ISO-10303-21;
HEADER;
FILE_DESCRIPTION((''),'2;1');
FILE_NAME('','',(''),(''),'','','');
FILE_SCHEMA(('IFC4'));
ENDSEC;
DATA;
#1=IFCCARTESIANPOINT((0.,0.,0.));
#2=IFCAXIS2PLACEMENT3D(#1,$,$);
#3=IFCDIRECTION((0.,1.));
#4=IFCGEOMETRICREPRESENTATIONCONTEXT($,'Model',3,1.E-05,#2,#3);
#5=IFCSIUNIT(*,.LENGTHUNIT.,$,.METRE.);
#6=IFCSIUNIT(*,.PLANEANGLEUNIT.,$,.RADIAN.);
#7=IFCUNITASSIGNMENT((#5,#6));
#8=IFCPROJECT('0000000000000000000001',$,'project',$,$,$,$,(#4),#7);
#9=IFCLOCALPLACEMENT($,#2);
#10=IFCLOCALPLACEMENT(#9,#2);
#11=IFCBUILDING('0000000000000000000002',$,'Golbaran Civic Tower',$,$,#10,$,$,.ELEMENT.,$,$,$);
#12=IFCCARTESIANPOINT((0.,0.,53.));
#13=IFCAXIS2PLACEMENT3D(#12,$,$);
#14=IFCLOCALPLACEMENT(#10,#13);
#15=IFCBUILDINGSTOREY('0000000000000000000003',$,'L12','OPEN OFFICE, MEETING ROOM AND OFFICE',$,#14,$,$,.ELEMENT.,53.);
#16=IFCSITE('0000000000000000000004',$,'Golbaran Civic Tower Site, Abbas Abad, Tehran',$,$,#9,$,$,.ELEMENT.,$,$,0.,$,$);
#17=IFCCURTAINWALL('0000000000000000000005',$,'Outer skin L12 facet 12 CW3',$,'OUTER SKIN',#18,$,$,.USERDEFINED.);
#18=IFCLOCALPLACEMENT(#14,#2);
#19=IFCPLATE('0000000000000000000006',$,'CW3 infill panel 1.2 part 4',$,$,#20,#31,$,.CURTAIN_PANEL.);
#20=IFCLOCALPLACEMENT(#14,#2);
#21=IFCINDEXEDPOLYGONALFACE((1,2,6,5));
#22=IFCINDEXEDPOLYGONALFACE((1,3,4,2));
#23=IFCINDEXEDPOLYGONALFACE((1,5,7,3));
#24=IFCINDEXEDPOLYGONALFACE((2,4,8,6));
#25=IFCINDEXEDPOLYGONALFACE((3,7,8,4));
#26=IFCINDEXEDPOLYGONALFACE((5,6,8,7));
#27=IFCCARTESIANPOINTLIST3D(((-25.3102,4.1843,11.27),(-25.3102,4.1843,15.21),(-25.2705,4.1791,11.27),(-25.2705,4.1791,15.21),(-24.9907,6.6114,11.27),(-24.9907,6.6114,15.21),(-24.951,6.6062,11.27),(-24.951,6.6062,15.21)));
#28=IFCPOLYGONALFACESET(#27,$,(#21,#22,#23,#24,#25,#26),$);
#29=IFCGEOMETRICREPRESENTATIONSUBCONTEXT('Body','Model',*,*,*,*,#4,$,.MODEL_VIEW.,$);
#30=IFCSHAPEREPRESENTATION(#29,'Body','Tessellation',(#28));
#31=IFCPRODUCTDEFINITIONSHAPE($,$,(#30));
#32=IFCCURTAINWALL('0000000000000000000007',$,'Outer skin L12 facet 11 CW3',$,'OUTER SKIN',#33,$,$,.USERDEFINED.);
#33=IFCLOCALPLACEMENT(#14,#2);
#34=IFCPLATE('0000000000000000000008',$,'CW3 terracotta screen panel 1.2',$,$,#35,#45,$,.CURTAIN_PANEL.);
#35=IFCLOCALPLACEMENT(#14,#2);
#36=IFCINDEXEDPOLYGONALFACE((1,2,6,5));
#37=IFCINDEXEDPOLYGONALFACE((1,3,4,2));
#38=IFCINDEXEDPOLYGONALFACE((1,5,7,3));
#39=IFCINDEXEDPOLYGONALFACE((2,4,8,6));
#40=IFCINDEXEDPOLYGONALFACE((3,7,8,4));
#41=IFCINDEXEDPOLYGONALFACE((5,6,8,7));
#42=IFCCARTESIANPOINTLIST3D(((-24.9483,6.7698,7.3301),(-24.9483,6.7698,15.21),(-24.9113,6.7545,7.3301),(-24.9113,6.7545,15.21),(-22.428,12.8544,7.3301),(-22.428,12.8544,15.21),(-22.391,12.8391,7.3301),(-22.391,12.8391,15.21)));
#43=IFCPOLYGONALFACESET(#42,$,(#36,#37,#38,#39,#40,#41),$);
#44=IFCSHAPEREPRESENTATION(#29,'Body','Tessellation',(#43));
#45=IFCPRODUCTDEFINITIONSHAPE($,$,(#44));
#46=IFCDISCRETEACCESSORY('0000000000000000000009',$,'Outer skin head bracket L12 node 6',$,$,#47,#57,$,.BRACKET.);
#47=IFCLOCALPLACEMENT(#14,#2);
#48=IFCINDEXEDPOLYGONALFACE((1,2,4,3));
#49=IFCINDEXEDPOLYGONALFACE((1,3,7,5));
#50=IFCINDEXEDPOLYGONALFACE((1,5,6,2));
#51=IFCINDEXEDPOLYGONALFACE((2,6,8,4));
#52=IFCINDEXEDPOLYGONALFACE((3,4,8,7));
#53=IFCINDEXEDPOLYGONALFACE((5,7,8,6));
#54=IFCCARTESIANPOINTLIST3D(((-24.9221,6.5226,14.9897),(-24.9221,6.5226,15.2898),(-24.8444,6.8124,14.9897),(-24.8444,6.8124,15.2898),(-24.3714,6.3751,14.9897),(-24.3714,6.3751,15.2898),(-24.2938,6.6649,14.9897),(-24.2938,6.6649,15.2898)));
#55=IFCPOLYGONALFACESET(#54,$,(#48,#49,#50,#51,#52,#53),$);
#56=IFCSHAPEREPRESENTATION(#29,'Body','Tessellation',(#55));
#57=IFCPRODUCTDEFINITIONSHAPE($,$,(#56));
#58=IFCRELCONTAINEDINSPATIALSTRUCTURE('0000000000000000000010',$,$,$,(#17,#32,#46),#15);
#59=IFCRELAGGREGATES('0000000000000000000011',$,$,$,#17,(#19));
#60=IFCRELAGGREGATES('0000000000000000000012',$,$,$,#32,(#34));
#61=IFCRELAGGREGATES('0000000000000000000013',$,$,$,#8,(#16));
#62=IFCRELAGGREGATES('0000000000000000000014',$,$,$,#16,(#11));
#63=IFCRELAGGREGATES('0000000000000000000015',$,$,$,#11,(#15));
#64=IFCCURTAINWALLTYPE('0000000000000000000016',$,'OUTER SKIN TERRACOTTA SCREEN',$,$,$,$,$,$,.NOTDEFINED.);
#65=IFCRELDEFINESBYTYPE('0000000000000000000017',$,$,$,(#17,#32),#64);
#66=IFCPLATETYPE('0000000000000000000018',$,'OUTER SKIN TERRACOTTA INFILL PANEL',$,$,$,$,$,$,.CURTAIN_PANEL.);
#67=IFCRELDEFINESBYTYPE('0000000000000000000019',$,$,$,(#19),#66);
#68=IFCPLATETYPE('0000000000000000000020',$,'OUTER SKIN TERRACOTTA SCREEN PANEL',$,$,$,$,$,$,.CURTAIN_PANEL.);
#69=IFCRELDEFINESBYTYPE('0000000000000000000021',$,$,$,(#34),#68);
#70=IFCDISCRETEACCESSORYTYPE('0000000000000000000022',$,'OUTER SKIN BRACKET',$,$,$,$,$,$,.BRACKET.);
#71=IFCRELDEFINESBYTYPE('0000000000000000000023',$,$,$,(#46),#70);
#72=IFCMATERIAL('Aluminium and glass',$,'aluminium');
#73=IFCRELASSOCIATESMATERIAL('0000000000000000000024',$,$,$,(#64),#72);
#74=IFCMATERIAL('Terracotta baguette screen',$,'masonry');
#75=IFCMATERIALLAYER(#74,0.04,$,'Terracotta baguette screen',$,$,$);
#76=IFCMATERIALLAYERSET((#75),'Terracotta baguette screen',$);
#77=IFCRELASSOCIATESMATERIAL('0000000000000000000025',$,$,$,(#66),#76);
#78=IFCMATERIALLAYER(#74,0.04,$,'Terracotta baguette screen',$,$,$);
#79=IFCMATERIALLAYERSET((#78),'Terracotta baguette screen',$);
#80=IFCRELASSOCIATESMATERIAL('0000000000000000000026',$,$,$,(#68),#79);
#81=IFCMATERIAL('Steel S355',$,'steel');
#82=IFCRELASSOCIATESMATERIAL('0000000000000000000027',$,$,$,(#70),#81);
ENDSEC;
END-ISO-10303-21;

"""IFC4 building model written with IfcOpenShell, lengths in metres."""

from ifc_helpers import new_model, si_unit, direction, frame, origin, origin_2d, place, context, subcontext, project, spatial, rectangle, extrude, material, layer, layer_set, type_object, element, aggregate, save


model = new_model("IFC4")

# Units and contexts
model_context = context("Model", 3, precision=1e-05, world=origin(), true_north=direction((0.0, 1.0)))
body_context = subcontext(model_context, "Body", "Model", "MODEL_VIEW")
ifc_project = project(units=[si_unit("LENGTHUNIT", "METRE"), si_unit("PLANEANGLEUNIT", "RADIAN")], contexts=[model_context])

# Site, building, storey
site_placement = place(None, origin())
site = spatial("IfcSite", under=ifc_project, at=site_placement, Name="Golbaran Civic Tower Site, Abbas Abad, Tehran", CompositionType="ELEMENT", RefElevation=0.0)
building_placement = place(site_placement, origin())
building = spatial("IfcBuilding", under=site, at=building_placement, Name="Golbaran Civic Tower", CompositionType="ELEMENT")
storey_placement = place(building_placement, frame((0.0, 0.0, 53.0)))
storey = spatial("IfcBuildingStorey", under=building, at=storey_placement, Name="L12", Description="OPEN OFFICE, MEETING ROOM AND OFFICE", CompositionType="ELEMENT", Elevation=53.0)

# Curtain wall
ifc_material_1 = material(Name="Aluminium and glass", Category="aluminium")
curtain_wall_type_1 = type_object("IfcCurtainWallType", Name="OUTER SKIN TERRACOTTA SCREEN", PredefinedType="NOTDEFINED", material=ifc_material_1)
curtain_wall_1_placement = place(storey_placement, origin())
curtain_wall_1 = element("IfcCurtainWall", 1, at=curtain_wall_1_placement, inside=storey, type_object=curtain_wall_type_1, Name="Outer skin L12 facet 12 CW3", ObjectType="OUTER SKIN", PredefinedType="USERDEFINED")

# Plate
ifc_material_2 = material(Name="Terracotta baguette screen", Category="masonry")
ifc_layer_1 = layer(ifc_material_2, 0.04, Name="Terracotta baguette screen")
ifc_layer_set_1 = layer_set([ifc_layer_1], Name="Terracotta baguette screen")
plate_type_1 = type_object("IfcPlateType", Name="OUTER SKIN TERRACOTTA INFILL PANEL", PredefinedType="CURTAIN_PANEL", material=ifc_layer_set_1)
plate_1_placement = place(storey_placement, frame((-25.1306, 5.3953, 11.27), z_axis=(0.0, 0.0, 1.0), x_axis=(-0.130526, -0.991445, 0.0)))
plate_1 = element("IfcPlate", 2, at=plate_1_placement, type_object=plate_type_1, Name="CW3 infill panel 1.2 part 4", PredefinedType="CURTAIN_PANEL", context=body_context, shape_type="SweptSolid", body=[
    extrude(rectangle(XDim=2.448, YDim=0.04, at=origin_2d()), origin(), (0.0, 0.0, 1.0), 3.9399),
])
aggregate(curtain_wall_1, [plate_1])

# Curtain wall, plate
curtain_wall_2_placement = place(storey_placement, origin())
curtain_wall_2 = element("IfcCurtainWall", 3, at=curtain_wall_2_placement, inside=storey, type_object=curtain_wall_type_1, Name="Outer skin L12 facet 11 CW3", ObjectType="OUTER SKIN", PredefinedType="USERDEFINED")
ifc_layer_2 = layer(ifc_material_2, 0.04, Name="Terracotta baguette screen")
ifc_layer_set_2 = layer_set([ifc_layer_2], Name="Terracotta baguette screen")
plate_type_2 = type_object("IfcPlateType", Name="OUTER SKIN TERRACOTTA SCREEN PANEL", PredefinedType="CURTAIN_PANEL", material=ifc_layer_set_2)
plate_2_placement = place(storey_placement, frame((-23.6697, 9.8044, 7.3301), z_axis=(0.0, 0.0, 1.0), x_axis=(-0.382683, -0.92388, 0.0)))
plate_2 = element("IfcPlate", 4, at=plate_2_placement, type_object=plate_type_2, Name="CW3 terracotta screen panel 1.2", PredefinedType="CURTAIN_PANEL", context=body_context, shape_type="SweptSolid", body=[
    extrude(rectangle(XDim=6.5859, YDim=0.04, at=origin_2d()), origin(), (0.0, 0.0, 1.0), 7.8799),
])
aggregate(curtain_wall_2, [plate_2])

# Discrete accessory
ifc_material_3 = material(Name="Steel S355", Category="steel")
discrete_accessory_type = type_object("IfcDiscreteAccessoryType", Name="OUTER SKIN BRACKET", PredefinedType="BRACKET", material=ifc_material_3)
discrete_accessory_placement = place(storey_placement, frame((-24.6079, 6.5938, 14.9897), z_axis=(0.0, 0.0, 1.0), x_axis=(-0.965926, 0.258819, 0.0)))
element("IfcDiscreteAccessory", 5, at=discrete_accessory_placement, inside=storey, type_object=discrete_accessory_type, Name="Outer skin head bracket L12 node 6", PredefinedType="BRACKET", context=body_context, shape_type="SweptSolid", body=[
    extrude(rectangle(XDim=0.5701, YDim=0.3, at=origin_2d()), origin(), (0.0, 0.0, 1.0), 0.3),
])

save(model, "model.ifc")
